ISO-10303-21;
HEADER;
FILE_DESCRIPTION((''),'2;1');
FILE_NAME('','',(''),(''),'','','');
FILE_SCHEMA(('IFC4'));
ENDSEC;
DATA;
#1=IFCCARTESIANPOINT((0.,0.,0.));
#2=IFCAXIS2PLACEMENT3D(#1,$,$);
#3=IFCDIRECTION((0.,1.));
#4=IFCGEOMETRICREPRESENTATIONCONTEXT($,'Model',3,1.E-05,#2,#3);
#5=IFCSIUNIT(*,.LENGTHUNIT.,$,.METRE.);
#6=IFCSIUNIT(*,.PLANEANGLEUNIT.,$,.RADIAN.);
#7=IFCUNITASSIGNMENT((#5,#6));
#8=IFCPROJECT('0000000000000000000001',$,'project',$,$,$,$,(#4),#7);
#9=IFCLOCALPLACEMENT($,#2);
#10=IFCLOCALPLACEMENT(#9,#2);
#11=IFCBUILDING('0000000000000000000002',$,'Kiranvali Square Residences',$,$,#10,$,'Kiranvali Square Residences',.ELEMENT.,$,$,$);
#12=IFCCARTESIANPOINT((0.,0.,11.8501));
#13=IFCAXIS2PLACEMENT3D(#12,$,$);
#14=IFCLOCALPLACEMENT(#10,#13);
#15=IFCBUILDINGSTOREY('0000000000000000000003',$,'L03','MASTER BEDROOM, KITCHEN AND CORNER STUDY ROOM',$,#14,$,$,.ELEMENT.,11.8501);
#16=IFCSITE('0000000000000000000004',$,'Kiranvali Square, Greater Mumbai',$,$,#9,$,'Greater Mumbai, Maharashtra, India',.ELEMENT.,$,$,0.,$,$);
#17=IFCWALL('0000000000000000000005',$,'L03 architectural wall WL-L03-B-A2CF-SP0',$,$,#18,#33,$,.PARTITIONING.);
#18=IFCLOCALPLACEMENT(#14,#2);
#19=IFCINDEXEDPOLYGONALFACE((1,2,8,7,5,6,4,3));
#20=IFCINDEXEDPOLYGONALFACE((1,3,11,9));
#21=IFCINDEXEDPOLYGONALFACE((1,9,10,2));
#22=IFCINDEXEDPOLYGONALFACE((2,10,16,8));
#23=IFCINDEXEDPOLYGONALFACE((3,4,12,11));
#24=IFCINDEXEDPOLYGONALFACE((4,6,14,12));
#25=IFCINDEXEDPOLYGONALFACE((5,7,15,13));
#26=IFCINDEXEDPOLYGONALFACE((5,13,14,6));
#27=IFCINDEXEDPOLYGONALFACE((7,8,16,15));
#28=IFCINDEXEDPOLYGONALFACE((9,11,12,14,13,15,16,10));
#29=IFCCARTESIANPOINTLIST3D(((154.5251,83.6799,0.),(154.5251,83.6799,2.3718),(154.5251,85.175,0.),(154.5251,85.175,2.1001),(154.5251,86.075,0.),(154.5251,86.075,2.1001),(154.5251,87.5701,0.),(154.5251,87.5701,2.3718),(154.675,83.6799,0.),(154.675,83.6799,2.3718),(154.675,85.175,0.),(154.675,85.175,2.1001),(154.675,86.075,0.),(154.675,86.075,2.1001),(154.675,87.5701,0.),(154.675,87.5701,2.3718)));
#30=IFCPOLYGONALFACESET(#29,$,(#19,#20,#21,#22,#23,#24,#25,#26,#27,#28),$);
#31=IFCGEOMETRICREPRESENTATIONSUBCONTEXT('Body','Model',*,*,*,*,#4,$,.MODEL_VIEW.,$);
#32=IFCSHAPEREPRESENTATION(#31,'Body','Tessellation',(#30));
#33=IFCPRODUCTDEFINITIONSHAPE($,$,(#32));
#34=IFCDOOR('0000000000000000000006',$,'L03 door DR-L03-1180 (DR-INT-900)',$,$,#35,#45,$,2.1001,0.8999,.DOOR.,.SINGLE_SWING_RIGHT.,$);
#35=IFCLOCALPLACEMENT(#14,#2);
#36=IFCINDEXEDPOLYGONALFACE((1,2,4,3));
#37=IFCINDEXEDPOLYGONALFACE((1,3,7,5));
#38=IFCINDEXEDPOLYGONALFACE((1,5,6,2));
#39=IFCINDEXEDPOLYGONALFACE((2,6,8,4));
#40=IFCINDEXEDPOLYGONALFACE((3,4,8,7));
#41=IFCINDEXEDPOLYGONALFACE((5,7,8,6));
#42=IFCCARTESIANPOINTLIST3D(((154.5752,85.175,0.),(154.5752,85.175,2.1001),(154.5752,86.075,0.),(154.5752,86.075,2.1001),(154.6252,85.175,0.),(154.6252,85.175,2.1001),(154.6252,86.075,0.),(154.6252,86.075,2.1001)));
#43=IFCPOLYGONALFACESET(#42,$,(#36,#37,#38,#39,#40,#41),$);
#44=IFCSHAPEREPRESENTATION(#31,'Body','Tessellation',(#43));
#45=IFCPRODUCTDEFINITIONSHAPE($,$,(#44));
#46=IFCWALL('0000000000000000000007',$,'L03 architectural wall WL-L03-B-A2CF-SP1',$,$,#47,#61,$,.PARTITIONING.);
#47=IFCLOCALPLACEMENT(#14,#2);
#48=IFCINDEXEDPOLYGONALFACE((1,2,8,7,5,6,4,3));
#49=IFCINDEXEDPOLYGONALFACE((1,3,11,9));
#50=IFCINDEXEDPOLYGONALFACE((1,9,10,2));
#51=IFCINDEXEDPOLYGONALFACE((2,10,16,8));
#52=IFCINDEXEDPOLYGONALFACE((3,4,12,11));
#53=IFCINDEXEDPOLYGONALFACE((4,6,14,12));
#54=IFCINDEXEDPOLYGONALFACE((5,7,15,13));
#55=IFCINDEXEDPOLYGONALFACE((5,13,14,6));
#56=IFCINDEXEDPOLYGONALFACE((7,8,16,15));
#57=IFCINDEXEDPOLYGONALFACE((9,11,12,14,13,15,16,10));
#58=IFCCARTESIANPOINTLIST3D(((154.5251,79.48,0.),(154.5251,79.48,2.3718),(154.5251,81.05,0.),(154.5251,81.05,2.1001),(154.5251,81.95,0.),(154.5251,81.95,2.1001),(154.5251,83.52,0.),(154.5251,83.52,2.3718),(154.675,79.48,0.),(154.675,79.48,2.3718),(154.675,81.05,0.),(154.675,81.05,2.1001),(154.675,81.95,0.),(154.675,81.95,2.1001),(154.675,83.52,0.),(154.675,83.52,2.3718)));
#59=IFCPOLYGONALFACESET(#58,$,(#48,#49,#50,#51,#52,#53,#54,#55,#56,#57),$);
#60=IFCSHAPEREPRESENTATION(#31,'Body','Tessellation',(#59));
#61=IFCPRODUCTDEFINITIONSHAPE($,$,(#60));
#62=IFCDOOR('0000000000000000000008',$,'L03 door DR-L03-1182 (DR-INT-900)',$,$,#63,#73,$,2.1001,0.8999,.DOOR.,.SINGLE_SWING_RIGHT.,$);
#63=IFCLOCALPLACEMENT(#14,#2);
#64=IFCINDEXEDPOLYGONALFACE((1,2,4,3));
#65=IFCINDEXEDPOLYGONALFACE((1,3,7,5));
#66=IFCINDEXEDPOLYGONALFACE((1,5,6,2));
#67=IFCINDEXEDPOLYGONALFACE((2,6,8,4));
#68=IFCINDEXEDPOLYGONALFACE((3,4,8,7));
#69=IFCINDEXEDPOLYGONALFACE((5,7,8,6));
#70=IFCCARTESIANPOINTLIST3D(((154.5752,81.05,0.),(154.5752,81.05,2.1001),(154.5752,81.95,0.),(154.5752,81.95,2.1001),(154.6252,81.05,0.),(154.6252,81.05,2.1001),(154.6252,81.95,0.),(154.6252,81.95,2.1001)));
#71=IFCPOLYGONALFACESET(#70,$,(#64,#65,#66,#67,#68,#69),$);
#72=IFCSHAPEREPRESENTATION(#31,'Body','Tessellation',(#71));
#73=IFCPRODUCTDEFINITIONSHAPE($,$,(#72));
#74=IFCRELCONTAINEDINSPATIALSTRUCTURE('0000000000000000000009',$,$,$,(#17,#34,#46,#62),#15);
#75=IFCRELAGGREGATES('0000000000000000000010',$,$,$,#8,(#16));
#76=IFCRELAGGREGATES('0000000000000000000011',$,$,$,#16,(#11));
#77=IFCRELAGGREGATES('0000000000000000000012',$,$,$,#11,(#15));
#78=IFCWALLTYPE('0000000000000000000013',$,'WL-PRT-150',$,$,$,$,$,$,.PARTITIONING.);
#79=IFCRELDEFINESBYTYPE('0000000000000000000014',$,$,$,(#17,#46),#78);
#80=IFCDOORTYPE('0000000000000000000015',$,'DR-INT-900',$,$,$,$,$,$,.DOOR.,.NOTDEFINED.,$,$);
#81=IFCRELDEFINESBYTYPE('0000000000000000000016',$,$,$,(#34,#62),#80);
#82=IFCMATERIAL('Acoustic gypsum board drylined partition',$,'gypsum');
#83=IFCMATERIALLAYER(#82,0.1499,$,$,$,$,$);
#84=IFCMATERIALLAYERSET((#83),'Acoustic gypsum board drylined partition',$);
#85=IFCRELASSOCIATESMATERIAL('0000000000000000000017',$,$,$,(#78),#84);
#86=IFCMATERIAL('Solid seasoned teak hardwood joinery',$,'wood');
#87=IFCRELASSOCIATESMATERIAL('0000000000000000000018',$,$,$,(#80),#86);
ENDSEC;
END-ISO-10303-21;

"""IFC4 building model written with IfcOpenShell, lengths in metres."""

from ifc_helpers import new_model, si_unit, direction, frame, frame_2d, origin, place, context, subcontext, project, spatial, rectangle, extrude, material, layer, layer_set, type_object, element, fill, save


model = new_model("IFC4")

# Units and contexts
model_context = context("Model", 3, precision=1e-05, world=origin(), true_north=direction((0.0, 1.0)))
body_context = subcontext(model_context, "Body", "Model", "MODEL_VIEW")
ifc_project = project(units=[si_unit("LENGTHUNIT", "METRE"), si_unit("PLANEANGLEUNIT", "RADIAN")], contexts=[model_context])

# Site, building, storey
site_placement = place(None, origin())
site = spatial("IfcSite", under=ifc_project, at=site_placement, Name="Kiranvali Square, Greater Mumbai", LongName="Greater Mumbai, Maharashtra, India", CompositionType="ELEMENT", RefElevation=0.0)
building_placement = place(site_placement, origin())
building = spatial("IfcBuilding", under=site, at=building_placement, Name="Kiranvali Square Residences", LongName="Kiranvali Square Residences", CompositionType="ELEMENT")
storey_placement = place(building_placement, frame((0.0, 0.0, 11.8501)))
storey = spatial("IfcBuildingStorey", under=building, at=storey_placement, Name="L03", Description="MASTER BEDROOM, KITCHEN AND CORNER STUDY ROOM", CompositionType="ELEMENT", Elevation=11.8501)

# Walls, openings, doors
ifc_material_1 = material(Name="Acoustic gypsum board drylined partition", Category="gypsum")
ifc_layer_1 = layer(ifc_material_1, 0.1499)
ifc_layer_set_1 = layer_set([ifc_layer_1], Name="Acoustic gypsum board drylined partition")
wall_type_1 = type_object("IfcWallType", Name="WL-PRT-150", PredefinedType="PARTITIONING", material=ifc_layer_set_1)
wall_1_placement = place(storey_placement, frame((154.6001, 87.5701, 0.0), z_axis=(0.0, 0.0, 1.0), x_axis=(0.0, -1.0, 0.0)))
wall_1 = element("IfcWall", 1, at=wall_1_placement, inside=storey, type_object=wall_type_1, Name="L03 architectural wall WL-L03-B-A2CF-SP0", PredefinedType="PARTITIONING", context=body_context, shape_type="SweptSolid", body=[
    extrude(rectangle(XDim=3.8901, YDim=0.1499, at=frame_2d((1.9451, 0.0))), origin(), (0.0, 0.0, 1.0), 2.3718),
])
opening_1_placement = place(wall_1_placement, frame((1.4951, 0.0, 0.0)))
opening_1 = element("IfcOpeningElement", 2, at=opening_1_placement, cuts=wall_1, PredefinedType="OPENING", context=body_context, shape_type="SweptSolid", body=[
    extrude(rectangle(XDim=0.8999, YDim=2.1001, at=frame_2d((0.45, 1.05))), frame((0.0, 0.085, 0.0), z_axis=(0.0, -1.0, 0.0), x_axis=(1.0, 0.0, 0.0)), (0.0, 0.0, 1.0), 0.1699),
])
ifc_material_2 = material(Name="Solid seasoned teak hardwood joinery", Category="wood")
door_type_1 = type_object("IfcDoorType", Name="DR-INT-900", OperationType="NOTDEFINED", PredefinedType="DOOR", material=ifc_material_2)
door_1_placement = place(opening_1_placement, frame((0.8999, 0.0, 0.0), z_axis=(0.0, 0.0, 1.0), x_axis=(-1.0, 0.0, 0.0)))
door_1 = element("IfcDoor", 3, at=door_1_placement, inside=storey, type_object=door_type_1, Name="L03 door DR-L03-1180 (DR-INT-900)", OperationType="SINGLE_SWING_RIGHT", OverallHeight=2.1001, OverallWidth=0.8999, PredefinedType="DOOR", context=body_context, shape_type="SweptSolid", body=[
    extrude(rectangle(XDim=0.8999, YDim=2.1001, at=frame_2d((0.45, 1.05))), frame((0.0, 0.0249, 0.0), z_axis=(0.0, -1.0, 0.0), x_axis=(1.0, 0.0, 0.0)), (0.0, 0.0, 1.0), 0.05),
])
fill(opening_1, door_1)
wall_2_placement = place(storey_placement, frame((154.6001, 83.52, 0.0), z_axis=(0.0, 0.0, 1.0), x_axis=(0.0, -1.0, 0.0)))
wall_2 = element("IfcWall", 4, at=wall_2_placement, inside=storey, type_object=wall_type_1, Name="L03 architectural wall WL-L03-B-A2CF-SP1", PredefinedType="PARTITIONING", context=body_context, shape_type="SweptSolid", body=[
    extrude(rectangle(XDim=4.04, YDim=0.1499, at=frame_2d((2.02, 0.0))), origin(), (0.0, 0.0, 1.0), 2.3718),
])
opening_2_placement = place(wall_2_placement, frame((1.5701, 0.0, 0.0)))
opening_2 = element("IfcOpeningElement", 5, at=opening_2_placement, cuts=wall_2, PredefinedType="OPENING", context=body_context, shape_type="SweptSolid", body=[
    extrude(rectangle(XDim=0.8999, YDim=2.1001, at=frame_2d((0.45, 1.05))), frame((0.0, 0.085, 0.0), z_axis=(0.0, -1.0, 0.0), x_axis=(1.0, 0.0, 0.0)), (0.0, 0.0, 1.0), 0.1699),
])
door_2_placement = place(opening_2_placement, frame((0.8999, 0.0, 0.0), z_axis=(0.0, 0.0, 1.0), x_axis=(-1.0, 0.0, 0.0)))
door_2 = element("IfcDoor", 6, at=door_2_placement, inside=storey, type_object=door_type_1, Name="L03 door DR-L03-1182 (DR-INT-900)", OperationType="SINGLE_SWING_RIGHT", OverallHeight=2.1001, OverallWidth=0.8999, PredefinedType="DOOR", context=body_context, shape_type="SweptSolid", body=[
    extrude(rectangle(XDim=0.8999, YDim=2.1001, at=frame_2d((0.45, 1.05))), frame((0.0, 0.0249, 0.0), z_axis=(0.0, -1.0, 0.0), x_axis=(1.0, 0.0, 0.0)), (0.0, 0.0, 1.0), 0.05),
])
fill(opening_2, door_2)

save(model, "model.ifc")
